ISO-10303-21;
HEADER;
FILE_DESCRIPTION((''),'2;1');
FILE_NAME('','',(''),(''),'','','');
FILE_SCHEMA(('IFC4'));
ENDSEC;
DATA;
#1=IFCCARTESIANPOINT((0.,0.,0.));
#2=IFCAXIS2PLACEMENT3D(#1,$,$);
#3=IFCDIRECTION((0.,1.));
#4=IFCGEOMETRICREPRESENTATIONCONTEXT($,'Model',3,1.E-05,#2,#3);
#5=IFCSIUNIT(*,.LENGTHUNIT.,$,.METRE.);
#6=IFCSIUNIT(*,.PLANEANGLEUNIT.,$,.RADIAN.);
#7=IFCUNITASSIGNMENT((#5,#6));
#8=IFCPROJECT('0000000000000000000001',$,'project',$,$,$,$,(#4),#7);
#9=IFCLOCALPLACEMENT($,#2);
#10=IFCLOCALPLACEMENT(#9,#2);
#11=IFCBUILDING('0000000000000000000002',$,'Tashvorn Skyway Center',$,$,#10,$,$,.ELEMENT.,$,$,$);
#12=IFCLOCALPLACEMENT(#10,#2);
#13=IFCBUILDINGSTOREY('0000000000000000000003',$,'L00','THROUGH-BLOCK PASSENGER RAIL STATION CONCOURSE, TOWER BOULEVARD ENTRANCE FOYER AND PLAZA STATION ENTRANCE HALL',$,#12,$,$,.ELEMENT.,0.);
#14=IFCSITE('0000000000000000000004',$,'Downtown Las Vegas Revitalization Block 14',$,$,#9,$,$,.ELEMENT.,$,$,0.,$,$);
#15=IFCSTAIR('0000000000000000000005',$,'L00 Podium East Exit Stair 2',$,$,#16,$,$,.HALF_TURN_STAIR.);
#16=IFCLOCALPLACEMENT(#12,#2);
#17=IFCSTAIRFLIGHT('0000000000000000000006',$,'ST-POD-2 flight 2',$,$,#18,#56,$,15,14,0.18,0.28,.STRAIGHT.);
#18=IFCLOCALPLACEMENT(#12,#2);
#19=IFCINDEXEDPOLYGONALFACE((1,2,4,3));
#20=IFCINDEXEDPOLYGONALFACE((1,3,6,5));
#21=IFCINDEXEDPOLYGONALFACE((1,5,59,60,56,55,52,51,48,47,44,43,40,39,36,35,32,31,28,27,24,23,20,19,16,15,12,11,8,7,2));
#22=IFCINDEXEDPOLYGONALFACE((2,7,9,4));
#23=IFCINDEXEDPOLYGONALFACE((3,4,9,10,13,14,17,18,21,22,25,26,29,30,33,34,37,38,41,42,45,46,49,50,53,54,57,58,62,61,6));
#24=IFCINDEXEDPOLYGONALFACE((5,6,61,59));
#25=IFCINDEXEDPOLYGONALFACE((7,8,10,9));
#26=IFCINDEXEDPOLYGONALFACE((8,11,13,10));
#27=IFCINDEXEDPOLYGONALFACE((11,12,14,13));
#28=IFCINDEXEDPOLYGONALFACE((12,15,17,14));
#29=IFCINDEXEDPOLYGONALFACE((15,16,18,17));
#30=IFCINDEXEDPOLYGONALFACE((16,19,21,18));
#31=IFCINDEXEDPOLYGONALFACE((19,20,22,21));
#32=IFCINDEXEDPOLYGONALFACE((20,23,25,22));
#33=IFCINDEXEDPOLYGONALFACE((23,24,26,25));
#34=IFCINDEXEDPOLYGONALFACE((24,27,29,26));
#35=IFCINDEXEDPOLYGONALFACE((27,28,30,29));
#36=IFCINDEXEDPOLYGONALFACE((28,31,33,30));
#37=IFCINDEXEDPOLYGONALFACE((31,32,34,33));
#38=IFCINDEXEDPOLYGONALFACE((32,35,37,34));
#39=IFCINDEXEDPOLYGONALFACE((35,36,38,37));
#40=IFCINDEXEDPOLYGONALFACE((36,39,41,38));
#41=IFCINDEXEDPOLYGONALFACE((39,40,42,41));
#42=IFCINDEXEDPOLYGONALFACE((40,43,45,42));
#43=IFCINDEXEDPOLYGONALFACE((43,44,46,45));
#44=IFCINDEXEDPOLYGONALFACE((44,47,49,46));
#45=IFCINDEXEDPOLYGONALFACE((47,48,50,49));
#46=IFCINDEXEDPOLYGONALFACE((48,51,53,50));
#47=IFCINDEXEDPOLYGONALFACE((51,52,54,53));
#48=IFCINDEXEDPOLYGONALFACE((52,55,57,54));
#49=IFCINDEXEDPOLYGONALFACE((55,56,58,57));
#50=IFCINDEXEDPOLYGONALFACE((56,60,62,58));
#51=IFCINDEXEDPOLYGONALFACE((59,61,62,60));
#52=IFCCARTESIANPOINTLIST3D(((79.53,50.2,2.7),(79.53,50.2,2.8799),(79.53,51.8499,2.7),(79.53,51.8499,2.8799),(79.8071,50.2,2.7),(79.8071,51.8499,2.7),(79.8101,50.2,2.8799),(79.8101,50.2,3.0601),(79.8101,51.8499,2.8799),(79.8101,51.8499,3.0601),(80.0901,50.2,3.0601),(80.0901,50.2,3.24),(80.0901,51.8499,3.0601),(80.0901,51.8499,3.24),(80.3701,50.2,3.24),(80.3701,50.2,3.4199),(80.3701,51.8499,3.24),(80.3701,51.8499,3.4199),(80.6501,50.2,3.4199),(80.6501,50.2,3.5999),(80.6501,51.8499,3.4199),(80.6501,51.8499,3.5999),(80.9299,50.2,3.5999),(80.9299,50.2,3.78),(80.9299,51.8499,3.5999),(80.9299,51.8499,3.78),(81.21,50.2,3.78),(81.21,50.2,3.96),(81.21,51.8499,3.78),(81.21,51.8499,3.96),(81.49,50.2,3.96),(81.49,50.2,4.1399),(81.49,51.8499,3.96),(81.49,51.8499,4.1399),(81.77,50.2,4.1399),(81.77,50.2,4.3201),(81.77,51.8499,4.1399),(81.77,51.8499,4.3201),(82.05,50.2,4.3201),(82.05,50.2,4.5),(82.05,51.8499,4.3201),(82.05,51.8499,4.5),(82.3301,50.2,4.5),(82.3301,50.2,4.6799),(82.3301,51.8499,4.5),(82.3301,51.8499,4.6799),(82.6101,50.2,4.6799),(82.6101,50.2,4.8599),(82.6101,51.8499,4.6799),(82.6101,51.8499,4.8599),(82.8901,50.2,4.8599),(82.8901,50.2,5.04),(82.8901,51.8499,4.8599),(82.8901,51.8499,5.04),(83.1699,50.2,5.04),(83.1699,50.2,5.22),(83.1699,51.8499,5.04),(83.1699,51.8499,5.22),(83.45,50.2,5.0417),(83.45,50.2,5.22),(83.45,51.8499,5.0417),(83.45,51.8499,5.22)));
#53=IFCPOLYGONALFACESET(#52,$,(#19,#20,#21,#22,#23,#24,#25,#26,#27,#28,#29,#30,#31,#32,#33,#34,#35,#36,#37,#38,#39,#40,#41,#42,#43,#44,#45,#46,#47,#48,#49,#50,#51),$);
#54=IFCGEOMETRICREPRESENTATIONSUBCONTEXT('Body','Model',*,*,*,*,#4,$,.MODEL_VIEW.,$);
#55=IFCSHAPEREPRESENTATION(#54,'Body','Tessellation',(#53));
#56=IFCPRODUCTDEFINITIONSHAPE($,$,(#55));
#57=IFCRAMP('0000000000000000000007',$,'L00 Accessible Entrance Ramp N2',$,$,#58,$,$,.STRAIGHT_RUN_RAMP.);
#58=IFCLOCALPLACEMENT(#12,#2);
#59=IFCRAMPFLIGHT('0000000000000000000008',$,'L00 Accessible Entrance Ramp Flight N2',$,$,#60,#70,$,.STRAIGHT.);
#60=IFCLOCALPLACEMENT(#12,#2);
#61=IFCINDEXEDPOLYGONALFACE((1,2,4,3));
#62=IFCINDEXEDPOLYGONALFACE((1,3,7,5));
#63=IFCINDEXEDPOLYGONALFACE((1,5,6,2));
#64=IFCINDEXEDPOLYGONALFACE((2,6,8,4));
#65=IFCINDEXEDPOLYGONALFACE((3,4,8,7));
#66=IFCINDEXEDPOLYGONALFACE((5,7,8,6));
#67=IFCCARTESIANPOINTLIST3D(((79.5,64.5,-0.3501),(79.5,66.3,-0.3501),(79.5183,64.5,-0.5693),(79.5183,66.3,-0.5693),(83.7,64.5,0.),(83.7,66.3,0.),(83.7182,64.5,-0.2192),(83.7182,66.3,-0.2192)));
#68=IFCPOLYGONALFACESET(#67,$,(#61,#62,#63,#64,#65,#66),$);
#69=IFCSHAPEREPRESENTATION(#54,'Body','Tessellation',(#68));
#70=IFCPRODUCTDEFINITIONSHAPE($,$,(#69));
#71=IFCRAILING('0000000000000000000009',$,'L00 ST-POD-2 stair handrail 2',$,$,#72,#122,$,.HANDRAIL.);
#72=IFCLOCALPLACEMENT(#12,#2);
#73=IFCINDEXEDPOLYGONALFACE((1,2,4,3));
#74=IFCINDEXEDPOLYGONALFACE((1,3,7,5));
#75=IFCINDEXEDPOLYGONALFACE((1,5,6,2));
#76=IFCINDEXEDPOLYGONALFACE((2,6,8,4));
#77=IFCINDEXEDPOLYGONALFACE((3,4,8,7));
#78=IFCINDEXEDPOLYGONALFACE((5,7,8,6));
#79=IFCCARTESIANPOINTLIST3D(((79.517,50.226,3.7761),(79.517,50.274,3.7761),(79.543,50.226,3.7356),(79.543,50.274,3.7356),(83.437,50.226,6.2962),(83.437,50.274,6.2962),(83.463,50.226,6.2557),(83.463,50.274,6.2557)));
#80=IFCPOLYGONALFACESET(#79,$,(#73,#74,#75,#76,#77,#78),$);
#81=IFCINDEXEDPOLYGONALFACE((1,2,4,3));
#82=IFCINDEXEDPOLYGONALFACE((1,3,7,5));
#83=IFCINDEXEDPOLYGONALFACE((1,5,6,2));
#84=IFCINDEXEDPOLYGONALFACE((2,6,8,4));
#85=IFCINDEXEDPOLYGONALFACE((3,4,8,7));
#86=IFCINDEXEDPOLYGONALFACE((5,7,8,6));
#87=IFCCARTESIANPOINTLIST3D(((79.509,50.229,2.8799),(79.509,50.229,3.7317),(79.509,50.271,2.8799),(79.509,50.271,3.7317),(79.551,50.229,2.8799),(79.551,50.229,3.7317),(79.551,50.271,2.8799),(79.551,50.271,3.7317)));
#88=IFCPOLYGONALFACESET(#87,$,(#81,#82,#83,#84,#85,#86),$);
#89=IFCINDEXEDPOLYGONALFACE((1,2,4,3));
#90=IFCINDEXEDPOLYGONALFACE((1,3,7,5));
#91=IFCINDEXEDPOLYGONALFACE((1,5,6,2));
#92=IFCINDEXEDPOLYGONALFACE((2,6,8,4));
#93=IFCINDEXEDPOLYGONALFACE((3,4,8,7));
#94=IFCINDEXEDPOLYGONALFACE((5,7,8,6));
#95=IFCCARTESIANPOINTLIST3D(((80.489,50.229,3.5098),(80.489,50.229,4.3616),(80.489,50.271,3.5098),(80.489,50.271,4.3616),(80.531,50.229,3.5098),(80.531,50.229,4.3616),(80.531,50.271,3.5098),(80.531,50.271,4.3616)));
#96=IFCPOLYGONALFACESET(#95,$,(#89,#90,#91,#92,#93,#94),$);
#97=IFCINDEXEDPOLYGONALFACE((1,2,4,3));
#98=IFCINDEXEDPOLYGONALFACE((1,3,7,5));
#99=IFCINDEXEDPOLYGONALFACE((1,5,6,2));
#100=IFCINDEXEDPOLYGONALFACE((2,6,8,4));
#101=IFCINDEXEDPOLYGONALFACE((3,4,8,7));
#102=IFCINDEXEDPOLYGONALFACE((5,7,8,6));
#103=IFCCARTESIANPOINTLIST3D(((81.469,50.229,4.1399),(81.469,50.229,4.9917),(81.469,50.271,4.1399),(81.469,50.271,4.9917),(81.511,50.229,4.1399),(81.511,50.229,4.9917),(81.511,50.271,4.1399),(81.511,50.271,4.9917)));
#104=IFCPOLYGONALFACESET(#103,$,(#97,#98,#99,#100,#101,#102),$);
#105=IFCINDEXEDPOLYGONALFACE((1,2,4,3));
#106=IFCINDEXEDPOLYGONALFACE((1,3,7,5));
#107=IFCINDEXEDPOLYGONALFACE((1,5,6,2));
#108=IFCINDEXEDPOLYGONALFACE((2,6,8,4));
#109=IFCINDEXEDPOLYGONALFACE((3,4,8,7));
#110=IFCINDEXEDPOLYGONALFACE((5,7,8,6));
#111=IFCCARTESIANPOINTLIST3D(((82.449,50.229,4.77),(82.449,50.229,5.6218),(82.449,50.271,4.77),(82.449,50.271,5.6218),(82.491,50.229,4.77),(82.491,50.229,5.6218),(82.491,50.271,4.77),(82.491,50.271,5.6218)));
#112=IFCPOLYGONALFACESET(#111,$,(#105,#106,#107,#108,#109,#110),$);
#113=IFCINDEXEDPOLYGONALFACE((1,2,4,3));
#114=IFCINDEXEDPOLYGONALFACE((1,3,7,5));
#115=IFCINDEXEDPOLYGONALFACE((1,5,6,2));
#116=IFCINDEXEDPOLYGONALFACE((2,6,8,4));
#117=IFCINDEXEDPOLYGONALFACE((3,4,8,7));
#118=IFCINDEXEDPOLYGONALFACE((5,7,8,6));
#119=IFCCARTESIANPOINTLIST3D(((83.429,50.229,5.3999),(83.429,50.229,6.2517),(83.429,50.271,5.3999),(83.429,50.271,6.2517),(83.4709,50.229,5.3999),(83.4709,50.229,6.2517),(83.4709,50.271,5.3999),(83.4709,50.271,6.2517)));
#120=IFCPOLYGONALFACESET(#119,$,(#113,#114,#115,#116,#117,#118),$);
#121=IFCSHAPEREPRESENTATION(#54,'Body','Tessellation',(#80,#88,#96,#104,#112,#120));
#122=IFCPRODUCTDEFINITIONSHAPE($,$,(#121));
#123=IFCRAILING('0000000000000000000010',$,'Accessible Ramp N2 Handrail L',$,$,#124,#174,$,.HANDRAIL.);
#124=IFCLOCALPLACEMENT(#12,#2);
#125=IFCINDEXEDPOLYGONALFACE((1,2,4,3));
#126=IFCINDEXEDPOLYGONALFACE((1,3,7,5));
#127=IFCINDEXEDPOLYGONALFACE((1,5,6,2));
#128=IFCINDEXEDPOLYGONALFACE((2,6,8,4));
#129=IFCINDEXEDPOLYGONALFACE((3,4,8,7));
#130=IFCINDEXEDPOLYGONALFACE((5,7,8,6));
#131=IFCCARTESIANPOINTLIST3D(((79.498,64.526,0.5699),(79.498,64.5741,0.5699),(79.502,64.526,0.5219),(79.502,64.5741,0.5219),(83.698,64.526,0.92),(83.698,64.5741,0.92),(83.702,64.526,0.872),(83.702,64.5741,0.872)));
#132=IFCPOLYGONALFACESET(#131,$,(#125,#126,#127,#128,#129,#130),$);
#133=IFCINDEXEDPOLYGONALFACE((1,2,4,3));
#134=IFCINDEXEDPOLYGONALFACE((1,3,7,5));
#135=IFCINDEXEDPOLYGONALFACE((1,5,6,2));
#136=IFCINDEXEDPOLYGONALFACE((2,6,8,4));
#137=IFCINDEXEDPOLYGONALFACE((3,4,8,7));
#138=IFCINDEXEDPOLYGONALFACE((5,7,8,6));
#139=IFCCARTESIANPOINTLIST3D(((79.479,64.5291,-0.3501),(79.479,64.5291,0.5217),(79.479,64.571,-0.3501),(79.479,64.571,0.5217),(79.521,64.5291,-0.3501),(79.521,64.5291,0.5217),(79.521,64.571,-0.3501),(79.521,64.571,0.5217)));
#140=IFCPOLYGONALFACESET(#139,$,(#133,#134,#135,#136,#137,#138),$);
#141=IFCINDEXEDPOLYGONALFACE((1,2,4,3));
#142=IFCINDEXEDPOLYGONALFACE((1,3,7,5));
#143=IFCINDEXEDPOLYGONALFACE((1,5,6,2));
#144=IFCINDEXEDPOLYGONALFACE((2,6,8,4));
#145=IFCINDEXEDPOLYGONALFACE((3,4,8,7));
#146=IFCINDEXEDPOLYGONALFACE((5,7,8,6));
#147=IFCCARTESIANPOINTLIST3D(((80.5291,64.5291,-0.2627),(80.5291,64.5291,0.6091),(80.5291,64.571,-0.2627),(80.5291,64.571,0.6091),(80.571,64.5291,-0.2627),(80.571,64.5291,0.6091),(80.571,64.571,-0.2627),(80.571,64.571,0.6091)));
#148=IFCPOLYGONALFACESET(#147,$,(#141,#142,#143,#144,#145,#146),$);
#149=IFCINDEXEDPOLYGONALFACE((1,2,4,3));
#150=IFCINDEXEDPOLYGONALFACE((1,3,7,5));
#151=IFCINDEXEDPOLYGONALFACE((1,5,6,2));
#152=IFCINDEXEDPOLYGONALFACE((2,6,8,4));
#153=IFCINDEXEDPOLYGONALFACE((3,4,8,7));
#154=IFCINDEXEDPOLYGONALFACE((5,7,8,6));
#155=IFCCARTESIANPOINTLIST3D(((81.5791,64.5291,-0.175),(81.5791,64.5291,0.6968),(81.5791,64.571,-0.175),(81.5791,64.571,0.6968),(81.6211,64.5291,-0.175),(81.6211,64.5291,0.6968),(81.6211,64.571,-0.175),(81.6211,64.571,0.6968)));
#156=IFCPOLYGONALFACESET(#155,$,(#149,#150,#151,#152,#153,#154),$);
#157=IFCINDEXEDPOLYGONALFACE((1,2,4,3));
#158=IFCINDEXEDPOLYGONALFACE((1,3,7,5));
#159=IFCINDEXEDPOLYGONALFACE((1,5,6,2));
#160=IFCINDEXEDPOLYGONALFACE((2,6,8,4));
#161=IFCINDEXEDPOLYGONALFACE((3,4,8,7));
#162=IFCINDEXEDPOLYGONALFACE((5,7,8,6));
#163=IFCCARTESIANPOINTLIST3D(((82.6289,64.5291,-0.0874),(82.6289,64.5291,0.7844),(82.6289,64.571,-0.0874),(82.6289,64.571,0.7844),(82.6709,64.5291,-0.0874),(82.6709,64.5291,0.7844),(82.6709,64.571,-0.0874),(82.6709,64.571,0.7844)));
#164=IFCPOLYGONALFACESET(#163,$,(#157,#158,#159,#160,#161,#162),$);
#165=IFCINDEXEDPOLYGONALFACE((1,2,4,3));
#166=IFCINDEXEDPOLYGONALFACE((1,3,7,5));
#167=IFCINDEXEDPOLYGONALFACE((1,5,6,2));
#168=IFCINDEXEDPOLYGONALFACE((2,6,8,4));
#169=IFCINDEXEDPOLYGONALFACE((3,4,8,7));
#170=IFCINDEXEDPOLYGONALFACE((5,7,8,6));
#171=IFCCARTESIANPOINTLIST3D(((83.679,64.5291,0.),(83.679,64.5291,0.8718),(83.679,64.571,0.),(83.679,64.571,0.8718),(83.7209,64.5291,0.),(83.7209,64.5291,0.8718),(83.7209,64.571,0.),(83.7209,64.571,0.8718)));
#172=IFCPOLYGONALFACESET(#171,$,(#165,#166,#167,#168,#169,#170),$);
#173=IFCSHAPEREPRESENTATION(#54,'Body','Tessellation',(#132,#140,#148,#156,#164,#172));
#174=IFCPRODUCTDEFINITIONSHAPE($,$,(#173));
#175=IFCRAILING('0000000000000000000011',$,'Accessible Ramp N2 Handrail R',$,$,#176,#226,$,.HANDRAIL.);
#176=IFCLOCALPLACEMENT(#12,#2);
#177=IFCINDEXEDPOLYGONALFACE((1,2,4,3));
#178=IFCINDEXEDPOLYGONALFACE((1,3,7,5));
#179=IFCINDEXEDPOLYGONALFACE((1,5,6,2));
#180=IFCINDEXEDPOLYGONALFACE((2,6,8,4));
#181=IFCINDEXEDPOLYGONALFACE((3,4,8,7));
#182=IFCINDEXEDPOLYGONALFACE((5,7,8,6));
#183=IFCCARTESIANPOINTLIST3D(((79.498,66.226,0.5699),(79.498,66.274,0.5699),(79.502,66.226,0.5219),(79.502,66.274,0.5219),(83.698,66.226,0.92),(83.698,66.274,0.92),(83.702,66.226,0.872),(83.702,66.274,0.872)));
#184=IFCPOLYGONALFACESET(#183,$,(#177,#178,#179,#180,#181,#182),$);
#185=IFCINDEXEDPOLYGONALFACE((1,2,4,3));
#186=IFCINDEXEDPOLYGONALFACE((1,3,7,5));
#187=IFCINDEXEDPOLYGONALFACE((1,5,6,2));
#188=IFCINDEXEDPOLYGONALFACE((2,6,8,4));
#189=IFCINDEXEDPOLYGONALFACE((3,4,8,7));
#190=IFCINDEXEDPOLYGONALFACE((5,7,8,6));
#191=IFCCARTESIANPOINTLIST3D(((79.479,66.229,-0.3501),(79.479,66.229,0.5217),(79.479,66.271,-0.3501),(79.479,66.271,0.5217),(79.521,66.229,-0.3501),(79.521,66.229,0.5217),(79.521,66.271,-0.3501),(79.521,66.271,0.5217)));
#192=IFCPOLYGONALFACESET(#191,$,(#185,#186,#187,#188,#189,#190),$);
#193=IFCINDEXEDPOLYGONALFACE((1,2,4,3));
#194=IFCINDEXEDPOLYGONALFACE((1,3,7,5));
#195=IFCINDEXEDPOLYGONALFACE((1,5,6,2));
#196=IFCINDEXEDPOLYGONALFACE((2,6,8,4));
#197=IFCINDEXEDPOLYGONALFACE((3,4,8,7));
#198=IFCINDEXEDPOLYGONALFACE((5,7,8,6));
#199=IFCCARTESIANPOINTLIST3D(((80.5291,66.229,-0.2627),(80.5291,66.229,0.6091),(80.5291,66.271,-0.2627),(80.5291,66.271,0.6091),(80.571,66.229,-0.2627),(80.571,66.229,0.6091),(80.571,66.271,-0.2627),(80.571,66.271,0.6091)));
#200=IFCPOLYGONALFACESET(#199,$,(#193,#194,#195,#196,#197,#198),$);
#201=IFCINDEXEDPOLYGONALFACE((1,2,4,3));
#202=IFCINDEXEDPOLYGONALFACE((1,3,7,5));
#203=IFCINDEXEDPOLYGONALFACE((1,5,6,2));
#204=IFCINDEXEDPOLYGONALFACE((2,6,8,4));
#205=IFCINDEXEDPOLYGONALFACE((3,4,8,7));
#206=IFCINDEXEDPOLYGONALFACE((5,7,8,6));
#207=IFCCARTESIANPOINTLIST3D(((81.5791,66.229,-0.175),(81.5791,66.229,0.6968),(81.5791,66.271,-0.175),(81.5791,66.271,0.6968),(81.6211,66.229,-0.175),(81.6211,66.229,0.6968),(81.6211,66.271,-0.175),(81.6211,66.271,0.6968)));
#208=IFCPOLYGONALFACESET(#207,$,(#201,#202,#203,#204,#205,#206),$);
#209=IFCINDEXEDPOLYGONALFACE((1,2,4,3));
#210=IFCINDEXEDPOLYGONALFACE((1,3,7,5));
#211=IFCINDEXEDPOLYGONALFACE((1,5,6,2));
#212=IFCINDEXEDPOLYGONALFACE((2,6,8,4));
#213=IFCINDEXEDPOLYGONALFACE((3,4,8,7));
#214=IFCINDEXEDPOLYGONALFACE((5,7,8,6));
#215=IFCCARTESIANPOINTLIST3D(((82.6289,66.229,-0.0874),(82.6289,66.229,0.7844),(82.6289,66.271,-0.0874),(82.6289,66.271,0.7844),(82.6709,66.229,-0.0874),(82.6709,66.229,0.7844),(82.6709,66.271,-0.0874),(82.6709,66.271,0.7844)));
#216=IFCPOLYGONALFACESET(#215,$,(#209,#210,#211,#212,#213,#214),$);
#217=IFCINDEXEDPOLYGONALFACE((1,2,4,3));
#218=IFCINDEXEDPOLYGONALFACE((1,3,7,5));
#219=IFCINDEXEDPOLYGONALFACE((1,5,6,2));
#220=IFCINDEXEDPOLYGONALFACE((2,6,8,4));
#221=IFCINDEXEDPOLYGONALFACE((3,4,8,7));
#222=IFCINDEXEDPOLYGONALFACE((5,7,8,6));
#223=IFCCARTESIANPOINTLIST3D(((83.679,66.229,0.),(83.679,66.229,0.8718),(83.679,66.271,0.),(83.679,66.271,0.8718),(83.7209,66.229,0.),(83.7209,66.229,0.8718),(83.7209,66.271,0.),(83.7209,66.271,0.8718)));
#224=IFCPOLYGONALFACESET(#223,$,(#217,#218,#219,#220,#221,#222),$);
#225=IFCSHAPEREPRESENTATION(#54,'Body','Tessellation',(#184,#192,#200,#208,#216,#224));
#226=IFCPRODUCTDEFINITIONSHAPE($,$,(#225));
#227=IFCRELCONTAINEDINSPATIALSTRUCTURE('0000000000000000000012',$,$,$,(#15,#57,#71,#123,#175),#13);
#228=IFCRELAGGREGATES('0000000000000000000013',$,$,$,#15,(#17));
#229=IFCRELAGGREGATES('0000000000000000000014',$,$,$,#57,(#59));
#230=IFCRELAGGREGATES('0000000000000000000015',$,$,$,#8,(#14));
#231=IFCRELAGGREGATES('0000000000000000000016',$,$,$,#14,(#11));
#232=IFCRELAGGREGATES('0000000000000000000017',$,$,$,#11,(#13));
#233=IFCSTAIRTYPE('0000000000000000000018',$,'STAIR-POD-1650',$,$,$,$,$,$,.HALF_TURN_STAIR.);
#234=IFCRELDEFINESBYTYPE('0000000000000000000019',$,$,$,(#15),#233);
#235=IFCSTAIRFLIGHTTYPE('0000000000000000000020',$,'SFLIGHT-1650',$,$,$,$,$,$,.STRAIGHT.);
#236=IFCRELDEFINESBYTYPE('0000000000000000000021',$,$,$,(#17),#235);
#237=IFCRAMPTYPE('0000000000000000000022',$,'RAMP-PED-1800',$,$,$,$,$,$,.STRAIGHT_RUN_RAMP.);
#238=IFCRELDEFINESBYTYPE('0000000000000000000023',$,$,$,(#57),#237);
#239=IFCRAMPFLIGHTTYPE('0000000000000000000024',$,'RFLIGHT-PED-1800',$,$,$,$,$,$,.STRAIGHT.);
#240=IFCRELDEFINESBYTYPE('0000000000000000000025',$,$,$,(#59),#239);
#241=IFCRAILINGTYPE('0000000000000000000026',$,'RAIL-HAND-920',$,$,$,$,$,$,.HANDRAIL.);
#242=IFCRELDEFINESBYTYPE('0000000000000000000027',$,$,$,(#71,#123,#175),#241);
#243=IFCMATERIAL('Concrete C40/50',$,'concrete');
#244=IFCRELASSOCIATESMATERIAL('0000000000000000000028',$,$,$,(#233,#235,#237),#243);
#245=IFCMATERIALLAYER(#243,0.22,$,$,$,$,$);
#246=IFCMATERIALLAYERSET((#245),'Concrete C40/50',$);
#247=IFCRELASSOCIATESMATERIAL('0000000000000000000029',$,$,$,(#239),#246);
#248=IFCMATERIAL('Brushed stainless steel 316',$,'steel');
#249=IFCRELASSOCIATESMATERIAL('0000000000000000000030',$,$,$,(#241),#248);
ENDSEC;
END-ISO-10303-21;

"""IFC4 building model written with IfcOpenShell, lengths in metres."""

from ifc_helpers import new_model, si_unit, direction, frame, origin, origin_2d, place, context, subcontext, project, spatial, polyline, rectangle, outline, extrude, material, layer, layer_set, type_object, element, aggregate, save


model = new_model("IFC4")

# Units and contexts
model_context = context("Model", 3, precision=1e-05, world=origin(), true_north=direction((0.0, 1.0)))
body_context = subcontext(model_context, "Body", "Model", "MODEL_VIEW")
ifc_project = project(units=[si_unit("LENGTHUNIT", "METRE"), si_unit("PLANEANGLEUNIT", "RADIAN")], contexts=[model_context])

# Site, building, storey
site_placement = place(None, origin())
site = spatial("IfcSite", under=ifc_project, at=site_placement, Name="Downtown Las Vegas Revitalization Block 14", CompositionType="ELEMENT", RefElevation=0.0)
building_placement = place(site_placement, origin())
building = spatial("IfcBuilding", under=site, at=building_placement, Name="Tashvorn Skyway Center", CompositionType="ELEMENT")
storey_placement = place(building_placement, origin())
storey = spatial("IfcBuildingStorey", under=building, at=storey_placement, Name="L00", Description="THROUGH-BLOCK PASSENGER RAIL STATION CONCOURSE, TOWER BOULEVARD ENTRANCE FOYER AND PLAZA STATION ENTRANCE HALL", CompositionType="ELEMENT", Elevation=0.0)

# Shared definitions
ifc_material_1 = material(Name="Concrete C40/50", Category="concrete")

# Stair, stair flight
stair_type = type_object("IfcStairType", Name="STAIR-POD-1650", PredefinedType="HALF_TURN_STAIR", material=ifc_material_1)
stair_placement = place(storey_placement, origin())
stair = element("IfcStair", 1, at=stair_placement, inside=storey, type_object=stair_type, Name="L00 Podium East Exit Stair 2", PredefinedType="HALF_TURN_STAIR")
stair_flight_type = type_object("IfcStairFlightType", Name="SFLIGHT-1650", PredefinedType="STRAIGHT", material=ifc_material_1)
stair_flight_placement = place(storey_placement, frame((79.53, 51.0249, 2.7), z_axis=(0.0, 0.0, 1.0), x_axis=(1.0, 0.0, 0.0)))
stair_flight = element("IfcStairFlight", 2, at=stair_flight_placement, type_object=stair_flight_type, Name="ST-POD-2 flight 2", NumberOfRisers=15, NumberOfTreads=14, PredefinedType="STRAIGHT", RiserHeight=0.18, TreadLength=0.28, context=body_context, shape_type="SweptSolid", body=[
    extrude(outline(polyline([(0.0, 0.0), (0.0, 0.1799), (0.28, 0.1799), (0.28, 0.3601), (0.5601, 0.3601), (0.5601, 0.54), (0.8401, 0.54), (0.8401, 0.72), (1.1201, 0.72), (1.1201, 0.8999), (1.3999, 0.8999), (1.3999, 1.0801), (1.6799, 1.0801), (1.6799, 1.26), (1.96, 1.26), (1.96, 1.4399), (2.24, 1.4399), (2.24, 1.6201), (2.52, 1.6201), (2.52, 1.8), (2.8, 1.8), (2.8, 1.98), (3.0801, 1.98), (3.0801, 2.1599), (3.3601, 2.1599), (3.3601, 2.3401), (3.6399, 2.3401), (3.6399, 2.52), (3.9199, 2.52), (3.9199, 2.7), (3.9199, 2.3418), (0.2771, 0.0), (0.0, 0.0)])), frame((0.0, 0.825, 0.0), z_axis=(0.0, -1.0, 0.0), x_axis=(1.0, 0.0, 0.0)), (0.0, 0.0, 1.0), 1.6499),
])
aggregate(stair, [stair_flight])

# Ramp, ramp flight
ramp_type = type_object("IfcRampType", Name="RAMP-PED-1800", PredefinedType="STRAIGHT_RUN_RAMP", material=ifc_material_1)
ramp_placement = place(storey_placement, origin())
ramp = element("IfcRamp", 3, at=ramp_placement, inside=storey, type_object=ramp_type, Name="L00 Accessible Entrance Ramp N2", PredefinedType="STRAIGHT_RUN_RAMP")
ifc_layer_1 = layer(ifc_material_1, 0.22)
ifc_layer_set_1 = layer_set([ifc_layer_1], Name="Concrete C40/50")
ramp_flight_type = type_object("IfcRampFlightType", Name="RFLIGHT-PED-1800", PredefinedType="STRAIGHT", material=ifc_layer_set_1)
ramp_flight_placement = place(storey_placement, frame((79.5, 64.5, -0.3501), z_axis=(-0.083069, 0.0, 0.996544), x_axis=(0.996544, 0.0, 0.083069)))
ramp_flight = element("IfcRampFlight", 4, at=ramp_flight_placement, type_object=ramp_flight_type, Name="L00 Accessible Entrance Ramp Flight N2", PredefinedType="STRAIGHT", context=body_context, shape_type="SweptSolid", body=[
    extrude(outline(polyline([(0.0, 0.0), (4.2145, 0.0), (4.2145, 1.8), (0.0, 1.8), (0.0, 0.0)])), origin(), (0.0, 0.0, -1.0), 0.22),
])
aggregate(ramp, [ramp_flight])

# Railings
ifc_material_2 = material(Name="Brushed stainless steel 316", Category="steel")
railing_type_1 = type_object("IfcRailingType", Name="RAIL-HAND-920", PredefinedType="HANDRAIL", material=ifc_material_2)
railing_1_placement = place(storey_placement, frame((79.53, 50.25, 2.8799)))
element("IfcRailing", 5, at=railing_1_placement, inside=storey, type_object=railing_type_1, Name="L00 ST-POD-2 stair handrail 2", PredefinedType="HANDRAIL", context=body_context, shape_type="SweptSolid", body=[
    extrude(rectangle(XDim=0.0481, YDim=0.0481, at=origin_2d()), frame((0.0, 0.0, 0.876), z_axis=(0.841172, 0.0, 0.540768), x_axis=(0.0, 1.0, 0.0)), (0.0, 0.0, 1.0), 4.6602),
    extrude(rectangle(XDim=0.042, YDim=0.042, at=origin_2d()), origin(), (0.0, 0.0, 1.0), 0.8518),
    extrude(rectangle(XDim=0.042, YDim=0.042, at=origin_2d()), frame((0.98, 0.0, 0.6299)), (0.0, 0.0, 1.0), 0.8518),
    extrude(rectangle(XDim=0.042, YDim=0.042, at=origin_2d()), frame((1.96, 0.0, 1.26)), (0.0, 0.0, 1.0), 0.8518),
    extrude(rectangle(XDim=0.042, YDim=0.042, at=origin_2d()), frame((2.9399, 0.0, 1.8901)), (0.0, 0.0, 1.0), 0.8518),
    extrude(rectangle(XDim=0.042, YDim=0.042, at=origin_2d()), frame((3.9199, 0.0, 2.52)), (0.0, 0.0, 1.0), 0.8518),
])
for number, where, name in (
    (6, (79.5, 64.55, -0.3501), "Accessible Ramp N2 Handrail L"),
    (7, (79.5, 66.25, -0.3501), "Accessible Ramp N2 Handrail R"),
):
    element("IfcRailing", number, at=place(storey_placement, frame(where)), inside=storey, type_object=railing_type_1, Name=name, PredefinedType="HANDRAIL", context=body_context, shape_type="SweptSolid", body=[
        extrude(rectangle(XDim=0.0481, YDim=0.0481, at=origin_2d()), frame((0.0, 0.0, 0.896), z_axis=(0.996544, 0.0, 0.083069), x_axis=(0.0, 1.0, 0.0)), (0.0, 0.0, 1.0), 4.2146),
        extrude(rectangle(XDim=0.042, YDim=0.042, at=origin_2d()), origin(), (0.0, 0.0, 1.0), 0.8718),
        extrude(rectangle(XDim=0.042, YDim=0.042, at=origin_2d()), frame((1.05, 0.0, 0.0874)), (0.0, 0.0, 1.0), 0.8718),
        extrude(rectangle(XDim=0.042, YDim=0.042, at=origin_2d()), frame((2.1001, 0.0, 0.175)), (0.0, 0.0, 1.0), 0.8718),
        extrude(rectangle(XDim=0.042, YDim=0.042, at=origin_2d()), frame((3.1499, 0.0, 0.2627)), (0.0, 0.0, 1.0), 0.8718),
        extrude(rectangle(XDim=0.042, YDim=0.042, at=origin_2d()), frame((4.2, 0.0, 0.3501)), (0.0, 0.0, 1.0), 0.8718),
    ])

save(model, "model.ifc")
